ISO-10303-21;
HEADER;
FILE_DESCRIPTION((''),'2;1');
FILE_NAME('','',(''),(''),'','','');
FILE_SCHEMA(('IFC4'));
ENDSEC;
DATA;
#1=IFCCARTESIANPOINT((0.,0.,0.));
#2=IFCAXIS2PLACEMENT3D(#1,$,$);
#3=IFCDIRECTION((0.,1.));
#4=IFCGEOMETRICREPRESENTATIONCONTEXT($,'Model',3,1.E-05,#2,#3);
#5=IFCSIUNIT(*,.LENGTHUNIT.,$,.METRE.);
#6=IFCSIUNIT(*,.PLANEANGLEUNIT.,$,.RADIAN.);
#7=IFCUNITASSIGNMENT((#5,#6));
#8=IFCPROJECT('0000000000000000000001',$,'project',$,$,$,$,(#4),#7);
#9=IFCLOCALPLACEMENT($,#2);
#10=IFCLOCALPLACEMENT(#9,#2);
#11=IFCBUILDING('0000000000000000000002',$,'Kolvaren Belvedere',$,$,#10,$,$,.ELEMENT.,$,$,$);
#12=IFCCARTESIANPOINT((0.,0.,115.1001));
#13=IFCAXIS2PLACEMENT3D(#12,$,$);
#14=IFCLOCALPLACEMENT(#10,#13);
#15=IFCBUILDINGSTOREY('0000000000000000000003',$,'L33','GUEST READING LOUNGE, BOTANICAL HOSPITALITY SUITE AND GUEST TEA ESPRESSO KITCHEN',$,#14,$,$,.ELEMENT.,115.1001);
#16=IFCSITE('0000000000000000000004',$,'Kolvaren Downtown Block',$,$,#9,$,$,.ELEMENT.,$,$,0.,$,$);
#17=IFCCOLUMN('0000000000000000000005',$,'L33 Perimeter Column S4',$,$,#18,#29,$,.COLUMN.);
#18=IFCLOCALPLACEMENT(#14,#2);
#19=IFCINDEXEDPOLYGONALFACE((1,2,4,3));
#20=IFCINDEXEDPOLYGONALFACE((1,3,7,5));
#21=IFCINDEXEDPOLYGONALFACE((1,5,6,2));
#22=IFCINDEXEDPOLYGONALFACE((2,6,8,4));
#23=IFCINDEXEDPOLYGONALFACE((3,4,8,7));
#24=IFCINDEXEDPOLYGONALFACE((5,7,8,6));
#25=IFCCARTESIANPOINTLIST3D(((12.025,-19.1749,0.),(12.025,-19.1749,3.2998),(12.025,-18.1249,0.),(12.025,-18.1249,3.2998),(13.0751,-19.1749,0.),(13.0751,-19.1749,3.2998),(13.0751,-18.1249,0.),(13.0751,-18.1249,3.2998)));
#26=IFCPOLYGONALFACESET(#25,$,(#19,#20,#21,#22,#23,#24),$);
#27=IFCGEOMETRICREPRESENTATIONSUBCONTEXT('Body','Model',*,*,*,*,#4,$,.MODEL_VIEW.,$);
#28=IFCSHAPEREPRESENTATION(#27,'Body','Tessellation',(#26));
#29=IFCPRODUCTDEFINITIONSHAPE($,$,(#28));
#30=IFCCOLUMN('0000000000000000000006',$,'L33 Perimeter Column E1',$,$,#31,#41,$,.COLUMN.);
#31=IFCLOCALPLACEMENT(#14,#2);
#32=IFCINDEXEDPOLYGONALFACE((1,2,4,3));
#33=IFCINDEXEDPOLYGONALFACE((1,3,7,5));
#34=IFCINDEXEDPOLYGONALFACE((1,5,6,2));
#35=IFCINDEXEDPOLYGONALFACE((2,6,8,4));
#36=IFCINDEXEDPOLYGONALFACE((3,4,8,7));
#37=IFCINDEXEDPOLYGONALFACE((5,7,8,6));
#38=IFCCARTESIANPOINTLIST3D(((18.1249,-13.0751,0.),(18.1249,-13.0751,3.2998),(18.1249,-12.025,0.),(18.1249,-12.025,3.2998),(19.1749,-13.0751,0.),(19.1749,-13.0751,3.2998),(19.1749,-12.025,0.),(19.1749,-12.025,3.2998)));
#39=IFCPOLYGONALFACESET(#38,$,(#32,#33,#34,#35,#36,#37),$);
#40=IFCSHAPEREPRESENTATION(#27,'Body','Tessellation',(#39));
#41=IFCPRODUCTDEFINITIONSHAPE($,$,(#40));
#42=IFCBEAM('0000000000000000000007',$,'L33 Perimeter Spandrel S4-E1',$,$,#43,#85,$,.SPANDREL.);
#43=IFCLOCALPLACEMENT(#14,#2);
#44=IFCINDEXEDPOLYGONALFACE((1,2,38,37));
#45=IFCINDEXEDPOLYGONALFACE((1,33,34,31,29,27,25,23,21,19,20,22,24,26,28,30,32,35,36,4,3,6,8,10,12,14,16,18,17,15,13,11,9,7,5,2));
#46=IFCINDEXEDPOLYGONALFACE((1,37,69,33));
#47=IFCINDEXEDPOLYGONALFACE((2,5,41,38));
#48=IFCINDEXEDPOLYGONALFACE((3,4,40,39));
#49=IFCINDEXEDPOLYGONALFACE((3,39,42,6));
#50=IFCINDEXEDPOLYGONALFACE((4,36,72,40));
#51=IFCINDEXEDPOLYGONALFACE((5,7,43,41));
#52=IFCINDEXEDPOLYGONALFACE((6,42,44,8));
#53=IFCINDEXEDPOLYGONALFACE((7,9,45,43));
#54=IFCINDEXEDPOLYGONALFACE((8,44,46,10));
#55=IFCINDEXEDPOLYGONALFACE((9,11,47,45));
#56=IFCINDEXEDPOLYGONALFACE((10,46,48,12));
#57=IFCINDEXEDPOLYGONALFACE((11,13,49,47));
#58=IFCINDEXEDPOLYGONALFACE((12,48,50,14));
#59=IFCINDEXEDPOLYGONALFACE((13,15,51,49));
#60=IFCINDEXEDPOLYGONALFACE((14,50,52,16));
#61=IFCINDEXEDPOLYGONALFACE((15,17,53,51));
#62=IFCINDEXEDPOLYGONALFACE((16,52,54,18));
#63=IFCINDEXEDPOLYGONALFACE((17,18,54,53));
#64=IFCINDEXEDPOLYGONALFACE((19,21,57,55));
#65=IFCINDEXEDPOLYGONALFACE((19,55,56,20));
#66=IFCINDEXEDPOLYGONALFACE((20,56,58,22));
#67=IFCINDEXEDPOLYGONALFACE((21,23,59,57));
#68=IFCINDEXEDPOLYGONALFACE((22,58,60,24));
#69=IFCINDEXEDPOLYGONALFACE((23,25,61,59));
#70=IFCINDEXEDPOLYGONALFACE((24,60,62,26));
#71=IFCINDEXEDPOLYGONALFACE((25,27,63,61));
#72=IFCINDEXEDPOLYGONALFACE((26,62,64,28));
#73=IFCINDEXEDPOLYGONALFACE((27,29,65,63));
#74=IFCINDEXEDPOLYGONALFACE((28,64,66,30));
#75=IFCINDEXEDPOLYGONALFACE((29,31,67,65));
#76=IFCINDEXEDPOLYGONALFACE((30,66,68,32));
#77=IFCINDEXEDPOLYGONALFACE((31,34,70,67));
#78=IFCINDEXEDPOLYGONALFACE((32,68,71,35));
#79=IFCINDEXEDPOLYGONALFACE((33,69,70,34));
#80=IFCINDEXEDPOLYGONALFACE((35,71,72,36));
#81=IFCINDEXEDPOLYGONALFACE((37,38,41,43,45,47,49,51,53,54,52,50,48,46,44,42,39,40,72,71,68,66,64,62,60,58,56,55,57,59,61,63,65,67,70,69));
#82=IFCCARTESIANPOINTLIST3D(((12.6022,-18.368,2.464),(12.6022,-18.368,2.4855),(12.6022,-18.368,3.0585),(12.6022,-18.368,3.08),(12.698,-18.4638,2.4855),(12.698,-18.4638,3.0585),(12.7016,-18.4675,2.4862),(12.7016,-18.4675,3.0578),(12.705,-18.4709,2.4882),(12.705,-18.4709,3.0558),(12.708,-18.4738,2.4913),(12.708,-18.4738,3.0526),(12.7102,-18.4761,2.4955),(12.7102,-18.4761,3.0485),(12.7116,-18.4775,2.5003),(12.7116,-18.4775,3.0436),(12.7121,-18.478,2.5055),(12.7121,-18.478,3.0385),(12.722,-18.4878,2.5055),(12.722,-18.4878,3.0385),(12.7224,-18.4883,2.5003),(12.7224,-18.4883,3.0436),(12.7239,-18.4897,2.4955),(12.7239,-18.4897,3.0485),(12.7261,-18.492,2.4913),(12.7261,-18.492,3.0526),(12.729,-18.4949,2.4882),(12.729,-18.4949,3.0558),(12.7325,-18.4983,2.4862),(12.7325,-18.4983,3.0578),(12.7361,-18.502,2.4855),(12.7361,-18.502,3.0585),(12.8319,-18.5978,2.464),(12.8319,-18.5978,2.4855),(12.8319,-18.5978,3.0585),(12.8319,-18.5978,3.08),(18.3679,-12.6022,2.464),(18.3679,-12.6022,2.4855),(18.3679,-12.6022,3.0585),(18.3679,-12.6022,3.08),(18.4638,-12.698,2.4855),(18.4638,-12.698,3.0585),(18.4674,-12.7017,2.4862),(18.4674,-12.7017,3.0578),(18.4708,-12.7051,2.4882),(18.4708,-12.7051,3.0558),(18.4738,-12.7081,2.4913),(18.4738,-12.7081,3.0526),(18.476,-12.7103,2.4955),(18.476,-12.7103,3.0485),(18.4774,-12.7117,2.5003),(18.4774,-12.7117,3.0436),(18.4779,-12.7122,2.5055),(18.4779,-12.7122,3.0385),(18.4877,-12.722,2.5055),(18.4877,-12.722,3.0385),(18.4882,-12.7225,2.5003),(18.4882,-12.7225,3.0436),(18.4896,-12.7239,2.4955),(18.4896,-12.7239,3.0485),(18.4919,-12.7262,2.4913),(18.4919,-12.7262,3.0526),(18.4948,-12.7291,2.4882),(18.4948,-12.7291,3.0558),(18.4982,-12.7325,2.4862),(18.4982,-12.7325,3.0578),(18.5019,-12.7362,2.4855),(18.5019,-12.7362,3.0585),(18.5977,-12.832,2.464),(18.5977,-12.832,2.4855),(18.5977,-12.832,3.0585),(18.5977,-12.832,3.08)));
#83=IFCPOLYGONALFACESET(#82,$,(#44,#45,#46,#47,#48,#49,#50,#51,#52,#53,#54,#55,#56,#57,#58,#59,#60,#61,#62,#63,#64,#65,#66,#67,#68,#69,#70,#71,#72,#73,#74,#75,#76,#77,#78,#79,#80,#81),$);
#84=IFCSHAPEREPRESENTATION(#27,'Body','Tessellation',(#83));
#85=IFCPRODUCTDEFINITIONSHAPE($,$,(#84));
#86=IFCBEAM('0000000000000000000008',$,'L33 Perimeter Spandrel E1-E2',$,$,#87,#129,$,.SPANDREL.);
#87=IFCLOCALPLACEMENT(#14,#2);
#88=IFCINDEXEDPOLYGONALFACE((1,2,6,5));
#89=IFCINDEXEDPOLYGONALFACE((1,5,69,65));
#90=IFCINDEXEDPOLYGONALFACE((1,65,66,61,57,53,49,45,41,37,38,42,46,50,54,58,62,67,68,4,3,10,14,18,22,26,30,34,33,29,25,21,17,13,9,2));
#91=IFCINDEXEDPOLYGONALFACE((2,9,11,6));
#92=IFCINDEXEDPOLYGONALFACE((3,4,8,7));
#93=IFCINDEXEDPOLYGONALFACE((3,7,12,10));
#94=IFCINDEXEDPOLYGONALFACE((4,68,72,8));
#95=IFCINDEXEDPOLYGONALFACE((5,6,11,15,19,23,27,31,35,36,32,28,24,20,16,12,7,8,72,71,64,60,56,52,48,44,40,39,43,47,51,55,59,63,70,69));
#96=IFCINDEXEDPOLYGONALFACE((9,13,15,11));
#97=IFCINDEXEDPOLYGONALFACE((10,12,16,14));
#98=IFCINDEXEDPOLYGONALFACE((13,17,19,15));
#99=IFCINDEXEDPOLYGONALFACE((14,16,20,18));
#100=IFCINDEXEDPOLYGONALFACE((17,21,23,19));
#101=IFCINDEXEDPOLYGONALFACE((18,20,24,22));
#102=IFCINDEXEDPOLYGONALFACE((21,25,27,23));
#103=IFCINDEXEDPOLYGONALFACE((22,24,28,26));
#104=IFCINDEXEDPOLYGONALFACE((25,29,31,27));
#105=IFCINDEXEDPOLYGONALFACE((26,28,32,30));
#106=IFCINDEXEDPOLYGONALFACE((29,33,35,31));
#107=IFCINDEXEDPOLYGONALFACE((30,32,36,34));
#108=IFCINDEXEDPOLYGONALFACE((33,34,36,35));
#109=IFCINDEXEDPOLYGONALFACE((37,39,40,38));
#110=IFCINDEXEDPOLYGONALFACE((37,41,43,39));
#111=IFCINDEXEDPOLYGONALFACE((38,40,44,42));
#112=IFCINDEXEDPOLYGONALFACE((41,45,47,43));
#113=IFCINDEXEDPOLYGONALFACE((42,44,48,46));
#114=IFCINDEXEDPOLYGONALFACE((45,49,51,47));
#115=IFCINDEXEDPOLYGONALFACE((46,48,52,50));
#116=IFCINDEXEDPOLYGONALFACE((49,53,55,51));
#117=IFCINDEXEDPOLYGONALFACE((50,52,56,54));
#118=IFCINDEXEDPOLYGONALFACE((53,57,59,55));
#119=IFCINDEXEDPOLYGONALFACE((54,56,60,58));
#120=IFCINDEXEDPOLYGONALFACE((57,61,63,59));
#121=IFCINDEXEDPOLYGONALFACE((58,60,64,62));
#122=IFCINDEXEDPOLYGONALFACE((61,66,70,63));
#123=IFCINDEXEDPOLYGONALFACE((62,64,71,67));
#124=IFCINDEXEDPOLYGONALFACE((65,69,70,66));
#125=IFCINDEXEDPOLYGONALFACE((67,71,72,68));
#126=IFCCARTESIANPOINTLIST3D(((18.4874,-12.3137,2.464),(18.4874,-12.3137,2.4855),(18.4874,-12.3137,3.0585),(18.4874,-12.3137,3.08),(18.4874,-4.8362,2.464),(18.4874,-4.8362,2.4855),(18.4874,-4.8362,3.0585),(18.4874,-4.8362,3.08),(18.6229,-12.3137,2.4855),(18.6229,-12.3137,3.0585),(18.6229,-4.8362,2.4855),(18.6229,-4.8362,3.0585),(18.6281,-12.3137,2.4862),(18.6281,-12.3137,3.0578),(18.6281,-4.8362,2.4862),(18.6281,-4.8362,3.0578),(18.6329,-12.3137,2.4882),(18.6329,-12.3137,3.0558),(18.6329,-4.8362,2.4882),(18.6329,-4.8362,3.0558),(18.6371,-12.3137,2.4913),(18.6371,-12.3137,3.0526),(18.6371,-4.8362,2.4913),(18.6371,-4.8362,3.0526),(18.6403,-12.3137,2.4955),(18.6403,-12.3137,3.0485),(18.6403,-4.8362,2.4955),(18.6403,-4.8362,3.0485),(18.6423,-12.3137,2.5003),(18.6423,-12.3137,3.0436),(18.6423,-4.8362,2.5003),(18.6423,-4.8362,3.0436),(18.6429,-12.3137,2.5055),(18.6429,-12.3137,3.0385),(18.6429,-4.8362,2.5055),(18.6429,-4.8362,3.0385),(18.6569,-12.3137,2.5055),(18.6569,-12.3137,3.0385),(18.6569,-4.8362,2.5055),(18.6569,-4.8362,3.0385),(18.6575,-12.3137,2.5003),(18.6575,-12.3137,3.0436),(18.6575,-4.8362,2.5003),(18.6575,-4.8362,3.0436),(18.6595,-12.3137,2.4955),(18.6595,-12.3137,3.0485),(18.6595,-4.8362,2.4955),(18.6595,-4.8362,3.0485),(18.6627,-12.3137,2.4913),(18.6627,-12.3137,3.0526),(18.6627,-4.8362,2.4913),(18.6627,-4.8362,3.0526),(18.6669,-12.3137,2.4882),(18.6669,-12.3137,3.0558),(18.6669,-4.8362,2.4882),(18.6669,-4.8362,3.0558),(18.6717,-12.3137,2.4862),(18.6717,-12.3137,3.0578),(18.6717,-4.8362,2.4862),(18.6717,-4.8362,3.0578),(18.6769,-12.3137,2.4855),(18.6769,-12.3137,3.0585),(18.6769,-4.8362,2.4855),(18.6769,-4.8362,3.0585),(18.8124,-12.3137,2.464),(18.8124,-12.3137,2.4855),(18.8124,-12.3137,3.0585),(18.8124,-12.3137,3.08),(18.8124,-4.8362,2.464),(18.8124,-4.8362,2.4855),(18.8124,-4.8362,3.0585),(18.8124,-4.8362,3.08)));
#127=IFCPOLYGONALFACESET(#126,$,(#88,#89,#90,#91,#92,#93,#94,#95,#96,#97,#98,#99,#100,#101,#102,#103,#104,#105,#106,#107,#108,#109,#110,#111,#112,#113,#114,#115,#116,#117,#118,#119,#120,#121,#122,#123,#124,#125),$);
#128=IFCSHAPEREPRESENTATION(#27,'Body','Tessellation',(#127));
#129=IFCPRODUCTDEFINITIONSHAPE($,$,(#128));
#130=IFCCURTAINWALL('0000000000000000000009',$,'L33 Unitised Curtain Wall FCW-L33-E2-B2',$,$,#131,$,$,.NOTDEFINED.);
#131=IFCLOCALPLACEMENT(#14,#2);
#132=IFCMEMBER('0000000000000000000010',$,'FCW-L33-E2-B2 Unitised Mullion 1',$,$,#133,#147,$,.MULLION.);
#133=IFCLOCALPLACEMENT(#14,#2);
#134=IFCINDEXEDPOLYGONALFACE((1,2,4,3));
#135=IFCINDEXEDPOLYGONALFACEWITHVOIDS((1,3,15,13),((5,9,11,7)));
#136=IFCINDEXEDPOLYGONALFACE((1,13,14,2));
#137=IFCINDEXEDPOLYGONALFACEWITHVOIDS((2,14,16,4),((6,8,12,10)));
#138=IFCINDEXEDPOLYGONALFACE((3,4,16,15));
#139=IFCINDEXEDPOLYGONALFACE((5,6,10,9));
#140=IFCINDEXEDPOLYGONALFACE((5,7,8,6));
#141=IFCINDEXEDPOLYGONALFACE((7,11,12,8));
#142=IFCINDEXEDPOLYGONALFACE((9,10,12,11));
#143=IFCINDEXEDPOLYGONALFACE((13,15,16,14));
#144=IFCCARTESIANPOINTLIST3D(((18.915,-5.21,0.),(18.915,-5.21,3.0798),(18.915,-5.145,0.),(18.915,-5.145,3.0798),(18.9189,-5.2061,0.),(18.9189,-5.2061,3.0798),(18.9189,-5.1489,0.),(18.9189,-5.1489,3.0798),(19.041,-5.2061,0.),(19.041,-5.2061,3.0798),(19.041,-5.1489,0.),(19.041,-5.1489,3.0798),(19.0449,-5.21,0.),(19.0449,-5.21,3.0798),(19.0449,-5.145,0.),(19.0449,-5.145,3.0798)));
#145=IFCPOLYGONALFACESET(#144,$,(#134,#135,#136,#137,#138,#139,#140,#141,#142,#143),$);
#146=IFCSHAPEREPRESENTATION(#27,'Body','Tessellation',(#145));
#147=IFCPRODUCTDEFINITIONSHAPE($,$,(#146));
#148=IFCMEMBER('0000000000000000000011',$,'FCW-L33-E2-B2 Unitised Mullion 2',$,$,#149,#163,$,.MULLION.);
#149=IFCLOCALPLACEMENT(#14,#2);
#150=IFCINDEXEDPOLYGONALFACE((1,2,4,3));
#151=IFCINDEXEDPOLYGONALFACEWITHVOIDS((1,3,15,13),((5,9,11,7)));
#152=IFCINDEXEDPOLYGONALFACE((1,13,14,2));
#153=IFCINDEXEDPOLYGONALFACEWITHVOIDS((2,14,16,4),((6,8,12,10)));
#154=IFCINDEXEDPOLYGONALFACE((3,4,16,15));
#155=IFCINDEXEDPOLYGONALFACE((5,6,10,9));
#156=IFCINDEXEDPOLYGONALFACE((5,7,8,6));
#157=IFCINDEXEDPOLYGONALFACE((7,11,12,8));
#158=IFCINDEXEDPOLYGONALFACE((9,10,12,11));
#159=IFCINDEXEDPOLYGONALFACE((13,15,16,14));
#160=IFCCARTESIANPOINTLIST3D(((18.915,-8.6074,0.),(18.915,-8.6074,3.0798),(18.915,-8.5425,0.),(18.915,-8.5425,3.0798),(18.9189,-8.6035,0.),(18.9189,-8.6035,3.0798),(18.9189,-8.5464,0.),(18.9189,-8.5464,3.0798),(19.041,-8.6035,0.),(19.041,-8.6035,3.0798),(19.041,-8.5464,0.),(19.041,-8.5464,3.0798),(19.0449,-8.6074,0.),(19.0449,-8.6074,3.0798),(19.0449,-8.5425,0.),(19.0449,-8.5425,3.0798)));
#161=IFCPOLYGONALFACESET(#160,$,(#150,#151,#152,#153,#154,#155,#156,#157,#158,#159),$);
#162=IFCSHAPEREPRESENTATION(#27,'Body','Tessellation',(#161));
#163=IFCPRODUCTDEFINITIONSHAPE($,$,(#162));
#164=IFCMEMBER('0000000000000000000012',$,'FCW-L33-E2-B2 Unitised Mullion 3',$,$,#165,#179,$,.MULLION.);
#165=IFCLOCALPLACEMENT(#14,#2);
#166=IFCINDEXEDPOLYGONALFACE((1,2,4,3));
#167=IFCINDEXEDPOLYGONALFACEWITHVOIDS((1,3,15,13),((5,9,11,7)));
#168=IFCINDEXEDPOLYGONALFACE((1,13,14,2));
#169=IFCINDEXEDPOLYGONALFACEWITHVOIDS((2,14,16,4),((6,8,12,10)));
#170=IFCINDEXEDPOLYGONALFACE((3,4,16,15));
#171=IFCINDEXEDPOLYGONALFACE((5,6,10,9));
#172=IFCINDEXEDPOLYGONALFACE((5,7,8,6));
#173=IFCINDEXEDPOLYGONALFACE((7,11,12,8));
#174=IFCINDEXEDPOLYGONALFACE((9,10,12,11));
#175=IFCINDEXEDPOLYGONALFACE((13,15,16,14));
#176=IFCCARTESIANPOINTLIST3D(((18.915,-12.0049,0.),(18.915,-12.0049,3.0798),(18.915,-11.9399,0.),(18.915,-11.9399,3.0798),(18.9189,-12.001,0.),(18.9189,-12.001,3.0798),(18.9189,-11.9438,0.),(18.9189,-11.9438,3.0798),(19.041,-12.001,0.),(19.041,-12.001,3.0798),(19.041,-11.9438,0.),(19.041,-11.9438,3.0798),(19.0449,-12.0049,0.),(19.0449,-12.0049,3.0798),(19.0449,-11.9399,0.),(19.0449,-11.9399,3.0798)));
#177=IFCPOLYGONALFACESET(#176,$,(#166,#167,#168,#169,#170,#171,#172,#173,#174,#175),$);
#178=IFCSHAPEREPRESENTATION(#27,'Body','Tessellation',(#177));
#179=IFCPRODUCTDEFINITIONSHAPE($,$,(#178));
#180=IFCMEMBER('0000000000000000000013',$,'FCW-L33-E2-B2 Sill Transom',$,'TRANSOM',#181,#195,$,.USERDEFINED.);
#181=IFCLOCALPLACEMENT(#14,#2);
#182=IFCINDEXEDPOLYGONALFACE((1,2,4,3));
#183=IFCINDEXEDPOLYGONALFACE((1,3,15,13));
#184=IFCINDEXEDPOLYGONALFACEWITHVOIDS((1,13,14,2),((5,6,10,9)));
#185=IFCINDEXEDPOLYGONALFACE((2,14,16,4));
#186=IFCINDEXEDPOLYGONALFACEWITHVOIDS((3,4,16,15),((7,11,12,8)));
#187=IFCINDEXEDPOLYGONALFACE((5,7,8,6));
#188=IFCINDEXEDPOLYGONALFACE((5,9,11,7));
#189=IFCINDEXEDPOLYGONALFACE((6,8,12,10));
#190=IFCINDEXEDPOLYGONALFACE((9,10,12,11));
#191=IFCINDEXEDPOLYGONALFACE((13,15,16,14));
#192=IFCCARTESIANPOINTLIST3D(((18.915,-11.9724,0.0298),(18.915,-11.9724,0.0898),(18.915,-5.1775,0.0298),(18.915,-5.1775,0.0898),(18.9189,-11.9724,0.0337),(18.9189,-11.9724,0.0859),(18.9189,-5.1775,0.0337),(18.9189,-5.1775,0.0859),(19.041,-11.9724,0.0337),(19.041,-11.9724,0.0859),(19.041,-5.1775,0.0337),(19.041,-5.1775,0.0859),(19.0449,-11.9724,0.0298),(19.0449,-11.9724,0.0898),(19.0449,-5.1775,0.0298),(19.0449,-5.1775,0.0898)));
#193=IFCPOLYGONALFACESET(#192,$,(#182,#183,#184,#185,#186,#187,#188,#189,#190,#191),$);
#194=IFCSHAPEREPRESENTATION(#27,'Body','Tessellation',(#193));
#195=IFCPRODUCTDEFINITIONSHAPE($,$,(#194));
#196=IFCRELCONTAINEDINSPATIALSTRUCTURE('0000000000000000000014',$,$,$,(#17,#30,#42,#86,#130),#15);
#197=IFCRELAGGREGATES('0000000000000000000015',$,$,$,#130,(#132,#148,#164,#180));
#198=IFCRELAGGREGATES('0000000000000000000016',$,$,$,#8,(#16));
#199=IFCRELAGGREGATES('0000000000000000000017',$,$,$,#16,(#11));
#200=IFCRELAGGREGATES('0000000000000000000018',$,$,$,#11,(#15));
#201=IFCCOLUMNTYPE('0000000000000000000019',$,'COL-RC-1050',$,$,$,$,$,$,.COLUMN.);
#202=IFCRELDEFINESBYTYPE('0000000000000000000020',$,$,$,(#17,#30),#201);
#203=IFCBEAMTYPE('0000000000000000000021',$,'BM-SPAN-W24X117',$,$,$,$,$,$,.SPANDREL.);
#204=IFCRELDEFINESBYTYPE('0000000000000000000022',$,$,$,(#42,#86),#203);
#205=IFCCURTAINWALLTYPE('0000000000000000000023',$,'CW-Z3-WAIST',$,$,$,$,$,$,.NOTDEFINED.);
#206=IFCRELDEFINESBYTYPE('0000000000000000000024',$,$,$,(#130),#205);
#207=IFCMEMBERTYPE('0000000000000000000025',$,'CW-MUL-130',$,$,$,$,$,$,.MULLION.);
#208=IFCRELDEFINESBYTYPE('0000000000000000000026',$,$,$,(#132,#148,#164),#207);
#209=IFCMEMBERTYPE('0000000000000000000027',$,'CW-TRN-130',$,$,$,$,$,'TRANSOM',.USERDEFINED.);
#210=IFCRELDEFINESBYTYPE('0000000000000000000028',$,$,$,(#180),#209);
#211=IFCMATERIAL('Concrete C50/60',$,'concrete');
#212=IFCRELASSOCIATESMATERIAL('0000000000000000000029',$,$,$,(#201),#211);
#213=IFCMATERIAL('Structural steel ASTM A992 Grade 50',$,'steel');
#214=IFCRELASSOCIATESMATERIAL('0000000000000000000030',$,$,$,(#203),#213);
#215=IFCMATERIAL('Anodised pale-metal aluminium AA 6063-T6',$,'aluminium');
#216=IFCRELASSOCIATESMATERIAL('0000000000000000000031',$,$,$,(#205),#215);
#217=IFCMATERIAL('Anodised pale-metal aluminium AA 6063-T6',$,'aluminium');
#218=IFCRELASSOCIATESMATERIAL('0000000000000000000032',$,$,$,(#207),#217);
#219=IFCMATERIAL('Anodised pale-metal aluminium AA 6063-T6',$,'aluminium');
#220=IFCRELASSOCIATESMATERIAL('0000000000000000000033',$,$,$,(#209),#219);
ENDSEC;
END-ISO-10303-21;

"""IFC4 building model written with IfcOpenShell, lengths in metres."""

from ifc_helpers import new_model, si_unit, direction, frame, origin, origin_2d, place, context, subcontext, project, spatial, rectangle, hollow_rectangle, i_section, extrude, material, material_profile, profile_set, type_object, element, aggregate, save


model = new_model("IFC4")

# Units and contexts
model_context = context("Model", 3, precision=1e-05, world=origin(), true_north=direction((0.0, 1.0)))
body_context = subcontext(model_context, "Body", "Model", "MODEL_VIEW")
ifc_project = project(units=[si_unit("LENGTHUNIT", "METRE"), si_unit("PLANEANGLEUNIT", "RADIAN")], contexts=[model_context])

# Site, building, storey
site_placement = place(None, origin())
site = spatial("IfcSite", under=ifc_project, at=site_placement, Name="Kolvaren Downtown Block", CompositionType="ELEMENT", RefElevation=0.0)
building_placement = place(site_placement, origin())
building = spatial("IfcBuilding", under=site, at=building_placement, Name="Kolvaren Belvedere", CompositionType="ELEMENT")
storey_placement = place(building_placement, frame((0.0, 0.0, 115.1001)))
storey = spatial("IfcBuildingStorey", under=building, at=storey_placement, Name="L33", Description="GUEST READING LOUNGE, BOTANICAL HOSPITALITY SUITE AND GUEST TEA ESPRESSO KITCHEN", CompositionType="ELEMENT", Elevation=115.1001)

# Columns
ifc_material_1 = material(Name="Concrete C50/60", Category="concrete")
ifc_material_profile_1 = material_profile(ifc_material_1, rectangle(XDim=1.05, YDim=1.05, at=origin_2d()), Name="RC 1050X1050")
ifc_profile_set_1 = profile_set([ifc_material_profile_1], Name="Concrete C50/60")
column_type = type_object("IfcColumnType", Name="COL-RC-1050", PredefinedType="COLUMN", material=ifc_profile_set_1)
for number, where, z_axis, x_axis, name in (
    (1, (12.55, -18.6499, 0.0), (0.0, 0.0, 1.0), (1.0, 0.0, 0.0), "L33 Perimeter Column S4"),
    (2, (18.6499, -12.55, 0.0), (0.0, 0.0, 1.0), (1.0, 0.0, 0.0), "L33 Perimeter Column E1"),
):
    element("IfcColumn", number, at=place(storey_placement, frame(where, z_axis=z_axis, x_axis=x_axis)), inside=storey, type_object=column_type, Name=name, PredefinedType="COLUMN", context=body_context, shape_type="SweptSolid", body=[
        extrude(rectangle(XDim=1.05, YDim=1.05, at=origin_2d()), origin(), (0.0, 0.0, 1.0), 3.2998),
    ])

# Beams
ifc_material_2 = material(Name="Structural steel ASTM A992 Grade 50", Category="steel")
ifc_material_profile_2 = material_profile(ifc_material_2, i_section(OverallWidth=0.325, OverallDepth=0.616, WebThickness=0.0139, FlangeThickness=0.0215, FilletRadius=0.02, at=origin_2d()), Name="W24X117")
ifc_profile_set_2 = profile_set([ifc_material_profile_2], Name="Structural steel ASTM A992 Grade 50")
beam_type = type_object("IfcBeamType", Name="BM-SPAN-W24X117", PredefinedType="SPANDREL", material=ifc_profile_set_2)
beam_1_placement = place(storey_placement, frame((12.717, -18.4829, 2.772), z_axis=(0.707107, 0.707107, 0.0), x_axis=(-0.707107, 0.707107, 0.0)))
element("IfcBeam", 3, at=beam_1_placement, inside=storey, type_object=beam_type, Name="L33 Perimeter Spandrel S4-E1", PredefinedType="SPANDREL", context=body_context, shape_type="SweptSolid", body=[
    extrude(i_section(OverallWidth=0.325, OverallDepth=0.616, WebThickness=0.0139, FlangeThickness=0.0215, FilletRadius=0.02, at=origin_2d()), origin(), (0.0, 0.0, 1.0), 8.1541),
])
beam_2_placement = place(storey_placement, frame((18.6499, -12.3137, 2.772), z_axis=(0.0, 1.0, 0.0), x_axis=(-1.0, 0.0, 0.0)))
element("IfcBeam", 4, at=beam_2_placement, inside=storey, type_object=beam_type, Name="L33 Perimeter Spandrel E1-E2", PredefinedType="SPANDREL", context=body_context, shape_type="SweptSolid", body=[
    extrude(i_section(OverallWidth=0.325, OverallDepth=0.616, WebThickness=0.0139, FlangeThickness=0.0215, FilletRadius=0.02, at=origin_2d()), origin(), (0.0, 0.0, 1.0), 7.4775),
])

# Curtain wall, members
ifc_material_3 = material(Name="Anodised pale-metal aluminium AA 6063-T6", Category="aluminium")
curtain_wall_type = type_object("IfcCurtainWallType", Name="CW-Z3-WAIST", PredefinedType="NOTDEFINED", material=ifc_material_3)
curtain_wall_placement = place(storey_placement, origin())
curtain_wall = element("IfcCurtainWall", 5, at=curtain_wall_placement, inside=storey, type_object=curtain_wall_type, Name="L33 Unitised Curtain Wall FCW-L33-E2-B2", PredefinedType="NOTDEFINED")
ifc_material_4 = material(Name="Anodised pale-metal aluminium AA 6063-T6", Category="aluminium")
ifc_material_profile_3 = material_profile(ifc_material_4, hollow_rectangle(XDim=0.0649, YDim=0.1299, WallThickness=0.0039, at=origin_2d()), Name="ALU-MUL-130X65")
ifc_profile_set_3 = profile_set([ifc_material_profile_3], Name="Anodised pale-metal aluminium AA 6063-T6")
member_type_1 = type_object("IfcMemberType", Name="CW-MUL-130", PredefinedType="MULLION", material=ifc_profile_set_3)
member_1_placement = place(storey_placement, frame((18.98, -5.1775, 0.0), z_axis=(0.0, 0.0, 1.0), x_axis=(0.0, 1.0, 0.0)))
member_1 = element("IfcMember", 6, at=member_1_placement, type_object=member_type_1, Name="FCW-L33-E2-B2 Unitised Mullion 1", PredefinedType="MULLION", context=body_context, shape_type="SweptSolid", body=[
    extrude(hollow_rectangle(XDim=0.0649, YDim=0.1299, WallThickness=0.0039, at=origin_2d()), origin(), (0.0, 0.0, 1.0), 3.0798),
])
member_2_placement = place(storey_placement, frame((18.98, -8.575, 0.0), z_axis=(0.0, 0.0, 1.0), x_axis=(0.0, 1.0, 0.0)))
member_2 = element("IfcMember", 7, at=member_2_placement, type_object=member_type_1, Name="FCW-L33-E2-B2 Unitised Mullion 2", PredefinedType="MULLION", context=body_context, shape_type="SweptSolid", body=[
    extrude(hollow_rectangle(XDim=0.0649, YDim=0.1299, WallThickness=0.0039, at=origin_2d()), origin(), (0.0, 0.0, 1.0), 3.0798),
])
member_3_placement = place(storey_placement, frame((18.98, -11.9724, 0.0), z_axis=(0.0, 0.0, 1.0), x_axis=(0.0, 1.0, 0.0)))
member_3 = element("IfcMember", 8, at=member_3_placement, type_object=member_type_1, Name="FCW-L33-E2-B2 Unitised Mullion 3", PredefinedType="MULLION", context=body_context, shape_type="SweptSolid", body=[
    extrude(hollow_rectangle(XDim=0.0649, YDim=0.1299, WallThickness=0.0039, at=origin_2d()), origin(), (0.0, 0.0, 1.0), 3.0798),
])
ifc_material_5 = material(Name="Anodised pale-metal aluminium AA 6063-T6", Category="aluminium")
ifc_material_profile_4 = material_profile(ifc_material_5, hollow_rectangle(XDim=0.0601, YDim=0.1299, WallThickness=0.0039, at=origin_2d()), Name="ALU-TRN-130X60")
ifc_profile_set_4 = profile_set([ifc_material_profile_4], Name="Anodised pale-metal aluminium AA 6063-T6")
member_type_2 = type_object("IfcMemberType", Name="CW-TRN-130", ElementType="TRANSOM", PredefinedType="USERDEFINED", material=ifc_profile_set_4)
member_4_placement = place(storey_placement, frame((18.98, -5.1775, 0.0598), z_axis=(0.0, -1.0, 0.0), x_axis=(0.0, 0.0, 1.0)))
member_4 = element("IfcMember", 9, at=member_4_placement, type_object=member_type_2, Name="FCW-L33-E2-B2 Sill Transom", ObjectType="TRANSOM", PredefinedType="USERDEFINED", context=body_context, shape_type="SweptSolid", body=[
    extrude(hollow_rectangle(XDim=0.0601, YDim=0.1299, WallThickness=0.0039, at=origin_2d()), origin(), (0.0, 0.0, 1.0), 6.7949),
])
aggregate(curtain_wall, [member_1, member_2, member_3, member_4])

save(model, "model.ifc")
